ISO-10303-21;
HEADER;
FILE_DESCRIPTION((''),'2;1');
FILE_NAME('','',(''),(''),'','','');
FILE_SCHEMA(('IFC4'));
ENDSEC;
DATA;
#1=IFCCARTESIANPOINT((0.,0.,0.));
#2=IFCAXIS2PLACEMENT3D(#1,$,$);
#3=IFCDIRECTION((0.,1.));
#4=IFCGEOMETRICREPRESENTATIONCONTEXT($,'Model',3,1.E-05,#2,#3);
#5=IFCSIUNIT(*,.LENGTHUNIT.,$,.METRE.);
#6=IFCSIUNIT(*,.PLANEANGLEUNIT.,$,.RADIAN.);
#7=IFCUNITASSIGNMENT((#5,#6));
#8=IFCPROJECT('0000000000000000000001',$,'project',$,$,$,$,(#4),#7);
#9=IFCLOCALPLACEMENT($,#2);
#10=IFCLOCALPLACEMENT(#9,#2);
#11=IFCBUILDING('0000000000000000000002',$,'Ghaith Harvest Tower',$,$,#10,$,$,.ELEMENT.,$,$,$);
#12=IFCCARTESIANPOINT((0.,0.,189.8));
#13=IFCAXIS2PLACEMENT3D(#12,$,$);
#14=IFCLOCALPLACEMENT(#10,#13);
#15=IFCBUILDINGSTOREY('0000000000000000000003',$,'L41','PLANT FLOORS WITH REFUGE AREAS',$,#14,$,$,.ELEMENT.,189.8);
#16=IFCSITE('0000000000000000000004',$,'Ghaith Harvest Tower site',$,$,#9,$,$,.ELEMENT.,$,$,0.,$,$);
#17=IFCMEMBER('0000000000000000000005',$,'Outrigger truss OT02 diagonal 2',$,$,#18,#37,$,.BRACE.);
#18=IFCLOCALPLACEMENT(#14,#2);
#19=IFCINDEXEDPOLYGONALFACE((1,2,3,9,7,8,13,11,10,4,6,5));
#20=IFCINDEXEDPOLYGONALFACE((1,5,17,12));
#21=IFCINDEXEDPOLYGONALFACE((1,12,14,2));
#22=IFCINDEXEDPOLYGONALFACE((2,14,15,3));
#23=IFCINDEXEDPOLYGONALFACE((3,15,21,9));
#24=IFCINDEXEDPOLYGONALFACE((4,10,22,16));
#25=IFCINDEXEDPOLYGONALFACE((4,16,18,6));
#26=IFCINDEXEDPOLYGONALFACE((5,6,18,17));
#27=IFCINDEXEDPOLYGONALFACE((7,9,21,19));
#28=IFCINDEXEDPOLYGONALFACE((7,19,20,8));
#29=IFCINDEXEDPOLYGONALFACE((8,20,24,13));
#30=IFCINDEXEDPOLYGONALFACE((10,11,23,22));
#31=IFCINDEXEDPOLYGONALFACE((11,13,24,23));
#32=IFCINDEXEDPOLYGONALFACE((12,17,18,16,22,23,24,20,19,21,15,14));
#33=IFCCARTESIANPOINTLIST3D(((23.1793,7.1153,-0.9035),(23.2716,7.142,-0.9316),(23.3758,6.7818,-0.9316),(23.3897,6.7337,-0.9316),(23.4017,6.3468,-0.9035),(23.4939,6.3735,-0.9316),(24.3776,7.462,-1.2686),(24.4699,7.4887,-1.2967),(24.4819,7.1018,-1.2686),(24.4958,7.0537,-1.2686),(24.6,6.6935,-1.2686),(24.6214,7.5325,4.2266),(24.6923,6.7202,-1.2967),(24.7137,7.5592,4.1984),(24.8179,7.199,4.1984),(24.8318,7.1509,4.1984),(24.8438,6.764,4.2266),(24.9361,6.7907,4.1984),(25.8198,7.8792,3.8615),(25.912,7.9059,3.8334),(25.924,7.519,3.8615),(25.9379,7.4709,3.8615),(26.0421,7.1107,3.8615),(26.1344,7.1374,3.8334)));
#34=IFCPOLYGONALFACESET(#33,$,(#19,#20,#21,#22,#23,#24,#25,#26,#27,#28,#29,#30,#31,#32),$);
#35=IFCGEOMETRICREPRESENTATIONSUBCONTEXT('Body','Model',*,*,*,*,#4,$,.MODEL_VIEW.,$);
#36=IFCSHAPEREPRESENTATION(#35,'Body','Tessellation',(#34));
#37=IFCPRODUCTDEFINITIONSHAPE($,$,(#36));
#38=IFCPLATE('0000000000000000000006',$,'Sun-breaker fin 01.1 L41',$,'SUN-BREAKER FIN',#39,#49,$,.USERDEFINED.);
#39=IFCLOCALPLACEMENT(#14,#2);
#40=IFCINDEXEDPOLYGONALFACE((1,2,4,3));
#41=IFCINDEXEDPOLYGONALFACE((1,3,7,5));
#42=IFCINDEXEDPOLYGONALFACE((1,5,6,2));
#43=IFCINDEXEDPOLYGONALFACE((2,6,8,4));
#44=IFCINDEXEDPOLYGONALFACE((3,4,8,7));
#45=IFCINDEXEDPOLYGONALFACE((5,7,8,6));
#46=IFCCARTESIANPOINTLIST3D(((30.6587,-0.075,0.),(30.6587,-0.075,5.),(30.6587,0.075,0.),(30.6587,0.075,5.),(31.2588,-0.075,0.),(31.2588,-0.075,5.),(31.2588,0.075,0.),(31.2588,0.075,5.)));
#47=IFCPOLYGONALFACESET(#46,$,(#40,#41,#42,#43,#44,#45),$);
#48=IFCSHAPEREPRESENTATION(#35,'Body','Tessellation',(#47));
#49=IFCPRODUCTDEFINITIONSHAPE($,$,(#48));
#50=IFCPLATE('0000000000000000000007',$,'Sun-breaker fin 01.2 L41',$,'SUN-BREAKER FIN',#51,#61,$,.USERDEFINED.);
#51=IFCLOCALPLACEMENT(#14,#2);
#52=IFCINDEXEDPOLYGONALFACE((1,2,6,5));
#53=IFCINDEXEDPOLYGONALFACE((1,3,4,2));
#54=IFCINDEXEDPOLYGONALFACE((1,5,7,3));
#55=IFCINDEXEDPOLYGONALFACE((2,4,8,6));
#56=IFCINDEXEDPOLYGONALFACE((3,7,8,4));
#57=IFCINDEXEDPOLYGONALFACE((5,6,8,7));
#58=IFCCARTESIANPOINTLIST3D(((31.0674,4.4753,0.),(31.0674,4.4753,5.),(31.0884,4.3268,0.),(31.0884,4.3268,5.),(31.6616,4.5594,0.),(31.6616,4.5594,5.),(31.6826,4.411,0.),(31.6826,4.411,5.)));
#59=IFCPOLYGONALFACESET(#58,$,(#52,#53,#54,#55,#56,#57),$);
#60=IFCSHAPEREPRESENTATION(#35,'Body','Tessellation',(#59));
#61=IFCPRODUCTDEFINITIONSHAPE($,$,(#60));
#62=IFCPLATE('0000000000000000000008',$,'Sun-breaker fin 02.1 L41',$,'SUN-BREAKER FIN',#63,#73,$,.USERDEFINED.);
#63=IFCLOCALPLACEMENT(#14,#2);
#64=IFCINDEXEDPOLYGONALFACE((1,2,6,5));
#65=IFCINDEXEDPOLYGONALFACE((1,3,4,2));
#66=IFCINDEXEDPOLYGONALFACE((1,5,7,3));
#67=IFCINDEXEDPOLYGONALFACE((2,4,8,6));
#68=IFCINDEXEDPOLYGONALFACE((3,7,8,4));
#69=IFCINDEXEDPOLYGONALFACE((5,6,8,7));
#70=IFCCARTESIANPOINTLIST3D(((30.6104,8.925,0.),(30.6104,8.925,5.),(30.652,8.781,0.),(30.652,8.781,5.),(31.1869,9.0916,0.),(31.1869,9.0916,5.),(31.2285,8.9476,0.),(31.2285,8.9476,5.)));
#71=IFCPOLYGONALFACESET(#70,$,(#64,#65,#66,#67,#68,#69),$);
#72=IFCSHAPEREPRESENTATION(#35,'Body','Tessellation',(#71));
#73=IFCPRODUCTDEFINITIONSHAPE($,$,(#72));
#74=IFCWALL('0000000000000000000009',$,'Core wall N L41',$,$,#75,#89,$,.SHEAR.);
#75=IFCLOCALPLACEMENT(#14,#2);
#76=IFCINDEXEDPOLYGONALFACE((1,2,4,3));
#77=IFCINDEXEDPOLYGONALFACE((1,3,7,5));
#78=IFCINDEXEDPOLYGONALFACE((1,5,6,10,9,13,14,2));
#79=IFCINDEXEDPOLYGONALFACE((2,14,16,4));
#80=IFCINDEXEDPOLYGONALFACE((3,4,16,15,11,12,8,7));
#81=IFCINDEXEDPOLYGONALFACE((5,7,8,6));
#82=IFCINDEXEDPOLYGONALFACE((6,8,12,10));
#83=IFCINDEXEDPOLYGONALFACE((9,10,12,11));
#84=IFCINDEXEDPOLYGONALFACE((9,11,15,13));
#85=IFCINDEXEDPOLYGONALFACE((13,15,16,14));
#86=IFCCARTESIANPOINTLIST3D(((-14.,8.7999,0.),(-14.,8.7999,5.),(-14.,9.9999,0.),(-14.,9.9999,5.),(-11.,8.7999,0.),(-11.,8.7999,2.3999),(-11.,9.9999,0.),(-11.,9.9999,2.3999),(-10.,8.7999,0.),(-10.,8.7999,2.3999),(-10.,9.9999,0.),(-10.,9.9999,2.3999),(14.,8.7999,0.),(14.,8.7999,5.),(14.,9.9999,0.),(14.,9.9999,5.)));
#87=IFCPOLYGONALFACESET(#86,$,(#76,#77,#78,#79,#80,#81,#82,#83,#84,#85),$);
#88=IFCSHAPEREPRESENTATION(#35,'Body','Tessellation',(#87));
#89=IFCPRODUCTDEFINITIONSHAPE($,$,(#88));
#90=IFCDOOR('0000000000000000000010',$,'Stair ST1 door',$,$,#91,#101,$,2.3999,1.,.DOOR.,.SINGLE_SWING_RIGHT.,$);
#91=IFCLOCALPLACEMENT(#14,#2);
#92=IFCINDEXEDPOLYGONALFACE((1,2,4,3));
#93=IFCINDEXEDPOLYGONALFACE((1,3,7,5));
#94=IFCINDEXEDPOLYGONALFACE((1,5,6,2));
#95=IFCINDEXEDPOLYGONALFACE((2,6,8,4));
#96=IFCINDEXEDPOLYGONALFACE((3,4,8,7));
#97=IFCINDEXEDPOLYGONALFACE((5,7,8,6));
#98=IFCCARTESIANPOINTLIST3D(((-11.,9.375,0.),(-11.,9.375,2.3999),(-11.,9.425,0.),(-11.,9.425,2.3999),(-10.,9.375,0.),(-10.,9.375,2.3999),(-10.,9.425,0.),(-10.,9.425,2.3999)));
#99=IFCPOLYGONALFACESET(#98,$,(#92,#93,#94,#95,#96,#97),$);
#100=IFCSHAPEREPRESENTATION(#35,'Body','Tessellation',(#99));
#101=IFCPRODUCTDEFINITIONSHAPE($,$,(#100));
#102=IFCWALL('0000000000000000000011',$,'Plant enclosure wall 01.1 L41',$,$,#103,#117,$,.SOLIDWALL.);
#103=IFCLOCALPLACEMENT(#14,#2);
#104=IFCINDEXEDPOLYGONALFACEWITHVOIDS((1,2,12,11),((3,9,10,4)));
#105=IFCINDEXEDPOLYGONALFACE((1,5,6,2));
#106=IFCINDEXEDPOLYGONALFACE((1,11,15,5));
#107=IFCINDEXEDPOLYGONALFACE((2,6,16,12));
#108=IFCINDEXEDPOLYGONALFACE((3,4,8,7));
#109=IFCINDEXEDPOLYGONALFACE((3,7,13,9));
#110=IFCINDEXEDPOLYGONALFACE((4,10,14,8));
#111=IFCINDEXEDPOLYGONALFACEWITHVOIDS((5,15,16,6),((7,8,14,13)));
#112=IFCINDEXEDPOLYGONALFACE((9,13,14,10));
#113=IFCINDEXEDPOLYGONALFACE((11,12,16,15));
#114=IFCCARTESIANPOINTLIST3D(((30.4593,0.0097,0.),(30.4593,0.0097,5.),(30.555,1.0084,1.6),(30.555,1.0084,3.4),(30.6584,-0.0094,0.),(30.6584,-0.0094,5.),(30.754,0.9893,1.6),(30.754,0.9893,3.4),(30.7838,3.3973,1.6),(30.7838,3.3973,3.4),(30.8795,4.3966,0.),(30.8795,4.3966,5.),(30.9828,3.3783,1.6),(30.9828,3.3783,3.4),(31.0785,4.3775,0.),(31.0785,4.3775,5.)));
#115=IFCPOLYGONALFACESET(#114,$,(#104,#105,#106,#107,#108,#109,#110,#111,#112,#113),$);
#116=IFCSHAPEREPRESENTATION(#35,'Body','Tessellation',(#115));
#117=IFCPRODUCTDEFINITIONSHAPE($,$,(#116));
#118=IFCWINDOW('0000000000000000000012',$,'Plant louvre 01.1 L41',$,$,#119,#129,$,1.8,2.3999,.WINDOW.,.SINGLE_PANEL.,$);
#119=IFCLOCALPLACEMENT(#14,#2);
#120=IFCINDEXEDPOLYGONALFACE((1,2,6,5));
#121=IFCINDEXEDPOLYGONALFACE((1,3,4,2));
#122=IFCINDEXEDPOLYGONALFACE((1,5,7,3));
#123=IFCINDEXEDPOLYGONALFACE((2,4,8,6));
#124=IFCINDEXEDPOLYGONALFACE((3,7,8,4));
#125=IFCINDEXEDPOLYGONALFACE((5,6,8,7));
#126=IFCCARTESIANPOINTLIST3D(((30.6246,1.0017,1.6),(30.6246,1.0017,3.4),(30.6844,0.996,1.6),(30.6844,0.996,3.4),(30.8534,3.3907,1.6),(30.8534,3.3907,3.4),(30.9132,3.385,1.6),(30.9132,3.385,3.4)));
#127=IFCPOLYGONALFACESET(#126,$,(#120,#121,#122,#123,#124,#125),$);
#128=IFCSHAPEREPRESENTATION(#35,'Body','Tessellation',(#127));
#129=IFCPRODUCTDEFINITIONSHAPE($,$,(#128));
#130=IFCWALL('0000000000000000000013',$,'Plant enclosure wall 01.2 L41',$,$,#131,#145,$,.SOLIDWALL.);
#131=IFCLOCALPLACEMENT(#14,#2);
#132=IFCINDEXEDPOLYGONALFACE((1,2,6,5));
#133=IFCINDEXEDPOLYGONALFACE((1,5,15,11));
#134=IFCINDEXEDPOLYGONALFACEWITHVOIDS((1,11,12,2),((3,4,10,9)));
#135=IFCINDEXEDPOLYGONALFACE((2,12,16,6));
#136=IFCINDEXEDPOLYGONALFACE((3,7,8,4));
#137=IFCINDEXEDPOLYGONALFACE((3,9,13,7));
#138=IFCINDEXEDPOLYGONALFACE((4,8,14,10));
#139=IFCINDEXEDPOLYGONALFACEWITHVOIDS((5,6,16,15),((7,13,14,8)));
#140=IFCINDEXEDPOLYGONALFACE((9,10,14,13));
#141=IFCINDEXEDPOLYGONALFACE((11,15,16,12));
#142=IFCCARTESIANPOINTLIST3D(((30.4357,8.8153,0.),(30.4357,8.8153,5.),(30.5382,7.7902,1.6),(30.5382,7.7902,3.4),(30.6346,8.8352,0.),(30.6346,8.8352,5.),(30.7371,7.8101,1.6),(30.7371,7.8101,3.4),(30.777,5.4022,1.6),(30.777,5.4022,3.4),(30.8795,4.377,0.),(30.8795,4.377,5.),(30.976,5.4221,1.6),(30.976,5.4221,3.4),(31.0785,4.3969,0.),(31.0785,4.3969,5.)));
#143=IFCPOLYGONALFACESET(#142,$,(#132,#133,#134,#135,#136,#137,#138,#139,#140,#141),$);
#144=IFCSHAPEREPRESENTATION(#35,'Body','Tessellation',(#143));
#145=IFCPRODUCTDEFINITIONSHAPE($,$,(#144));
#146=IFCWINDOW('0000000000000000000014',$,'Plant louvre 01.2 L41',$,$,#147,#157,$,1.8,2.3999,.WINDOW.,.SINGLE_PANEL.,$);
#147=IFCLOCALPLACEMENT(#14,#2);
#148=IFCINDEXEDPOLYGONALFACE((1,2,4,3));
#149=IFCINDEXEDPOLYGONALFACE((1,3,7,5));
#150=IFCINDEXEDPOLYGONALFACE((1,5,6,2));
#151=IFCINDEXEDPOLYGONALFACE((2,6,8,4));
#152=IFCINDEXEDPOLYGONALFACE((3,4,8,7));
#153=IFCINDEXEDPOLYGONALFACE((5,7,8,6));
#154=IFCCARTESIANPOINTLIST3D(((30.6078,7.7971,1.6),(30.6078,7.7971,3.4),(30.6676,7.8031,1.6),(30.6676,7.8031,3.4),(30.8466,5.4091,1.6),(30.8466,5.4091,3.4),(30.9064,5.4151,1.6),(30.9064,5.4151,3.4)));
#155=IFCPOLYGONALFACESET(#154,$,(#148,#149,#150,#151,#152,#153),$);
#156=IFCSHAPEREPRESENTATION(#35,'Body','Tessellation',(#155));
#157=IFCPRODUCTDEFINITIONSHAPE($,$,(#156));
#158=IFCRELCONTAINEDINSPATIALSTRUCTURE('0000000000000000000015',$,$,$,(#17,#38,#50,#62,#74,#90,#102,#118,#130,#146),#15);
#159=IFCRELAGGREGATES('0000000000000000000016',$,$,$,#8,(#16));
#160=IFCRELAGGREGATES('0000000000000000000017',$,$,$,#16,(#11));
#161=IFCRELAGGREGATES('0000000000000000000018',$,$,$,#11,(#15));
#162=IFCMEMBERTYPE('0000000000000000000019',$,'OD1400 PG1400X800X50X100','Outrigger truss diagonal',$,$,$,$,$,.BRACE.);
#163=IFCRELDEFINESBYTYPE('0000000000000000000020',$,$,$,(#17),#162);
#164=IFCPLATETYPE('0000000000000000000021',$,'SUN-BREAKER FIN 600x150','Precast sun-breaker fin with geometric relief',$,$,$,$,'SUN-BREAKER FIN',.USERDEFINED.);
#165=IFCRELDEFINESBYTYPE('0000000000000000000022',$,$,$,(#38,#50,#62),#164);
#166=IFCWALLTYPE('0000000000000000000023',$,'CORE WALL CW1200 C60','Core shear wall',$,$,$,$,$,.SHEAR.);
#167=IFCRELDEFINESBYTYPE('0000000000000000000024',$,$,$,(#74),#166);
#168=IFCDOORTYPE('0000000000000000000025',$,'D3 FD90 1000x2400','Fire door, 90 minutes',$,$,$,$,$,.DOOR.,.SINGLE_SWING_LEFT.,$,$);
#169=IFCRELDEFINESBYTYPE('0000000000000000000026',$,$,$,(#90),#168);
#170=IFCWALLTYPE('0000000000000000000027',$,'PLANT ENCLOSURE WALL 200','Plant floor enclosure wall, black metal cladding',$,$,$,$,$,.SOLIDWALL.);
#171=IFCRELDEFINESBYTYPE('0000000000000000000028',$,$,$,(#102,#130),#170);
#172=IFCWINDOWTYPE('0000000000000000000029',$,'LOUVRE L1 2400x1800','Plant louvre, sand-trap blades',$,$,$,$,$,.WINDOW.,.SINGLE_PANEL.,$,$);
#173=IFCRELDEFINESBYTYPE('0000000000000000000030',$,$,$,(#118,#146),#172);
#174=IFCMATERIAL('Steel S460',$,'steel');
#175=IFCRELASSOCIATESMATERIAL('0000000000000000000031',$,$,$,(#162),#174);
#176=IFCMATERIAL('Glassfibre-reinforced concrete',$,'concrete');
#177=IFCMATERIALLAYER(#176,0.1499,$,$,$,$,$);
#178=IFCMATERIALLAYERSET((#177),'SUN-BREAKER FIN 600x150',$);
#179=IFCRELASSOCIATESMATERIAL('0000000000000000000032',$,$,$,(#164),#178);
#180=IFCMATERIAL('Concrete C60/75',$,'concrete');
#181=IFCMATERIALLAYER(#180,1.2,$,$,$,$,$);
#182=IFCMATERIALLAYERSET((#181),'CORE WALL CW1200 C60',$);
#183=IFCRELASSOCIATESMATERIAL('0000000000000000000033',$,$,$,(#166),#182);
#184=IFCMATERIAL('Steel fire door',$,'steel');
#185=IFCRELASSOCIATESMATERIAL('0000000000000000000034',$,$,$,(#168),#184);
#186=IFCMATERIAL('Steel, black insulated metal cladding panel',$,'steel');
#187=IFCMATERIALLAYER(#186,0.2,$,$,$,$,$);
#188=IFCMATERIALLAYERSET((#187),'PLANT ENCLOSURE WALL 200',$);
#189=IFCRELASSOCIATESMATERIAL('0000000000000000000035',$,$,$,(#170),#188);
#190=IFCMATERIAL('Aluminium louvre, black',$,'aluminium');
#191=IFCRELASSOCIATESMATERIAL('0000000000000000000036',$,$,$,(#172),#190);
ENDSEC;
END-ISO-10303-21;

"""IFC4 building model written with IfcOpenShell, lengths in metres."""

from ifc_helpers import new_model, si_unit, direction, frame, frame_2d, origin, origin_2d, place, context, subcontext, project, spatial, rectangle, i_section, extrude, material, layer, layer_set, material_profile, profile_set, type_object, element, fill, save


model = new_model("IFC4")

# Units and contexts
model_context = context("Model", 3, precision=1e-05, world=origin(), true_north=direction((0.0, 1.0)))
body_context = subcontext(model_context, "Body", "Model", "MODEL_VIEW")
ifc_project = project(units=[si_unit("LENGTHUNIT", "METRE"), si_unit("PLANEANGLEUNIT", "RADIAN")], contexts=[model_context])

# Site, building, storey
site_placement = place(None, origin())
site = spatial("IfcSite", under=ifc_project, at=site_placement, Name="Ghaith Harvest Tower site", CompositionType="ELEMENT", RefElevation=0.0)
building_placement = place(site_placement, origin())
building = spatial("IfcBuilding", under=site, at=building_placement, Name="Ghaith Harvest Tower", CompositionType="ELEMENT")
storey_placement = place(building_placement, frame((0.0, 0.0, 189.8)))
storey = spatial("IfcBuildingStorey", under=building, at=storey_placement, Name="L41", Description="PLANT FLOORS WITH REFUGE AREAS", CompositionType="ELEMENT", Elevation=189.8)

# Member
ifc_material_1 = material(Name="Steel S460", Category="steel")
ifc_material_profile_1 = material_profile(ifc_material_1, i_section(OverallWidth=0.8, OverallDepth=1.3999, WebThickness=0.05, FlangeThickness=0.1001, at=origin_2d()), Name="PG1400X800X50X100")
ifc_profile_set_1 = profile_set([ifc_material_profile_1], Name="Steel S460")
member_type_1 = type_object("IfcMemberType", Name="OD1400 PG1400X800X50X100", Description="Outrigger truss diagonal", PredefinedType="BRACE", material=ifc_profile_set_1)
member_1_placement = place(storey_placement, frame((23.9358, 6.9177, -1.1001), z_axis=(0.269796, 0.078057, 0.959748), x_axis=(-0.27792, 0.960604, 0.0)))
element("IfcMember", 1, at=member_1_placement, inside=storey, type_object=member_type_1, Name="Outrigger truss OT02 diagonal 2", PredefinedType="BRACE", context=body_context, shape_type="SweptSolid", body=[
    extrude(i_section(OverallWidth=0.8, OverallDepth=1.3999, WebThickness=0.05, FlangeThickness=0.1001, at=origin_2d()), origin(), (0.0, 0.0, 1.0), 5.3452),
])

# Plates
ifc_material_2 = material(Name="Glassfibre-reinforced concrete", Category="concrete")
ifc_layer_1 = layer(ifc_material_2, 0.1499)
ifc_layer_set_1 = layer_set([ifc_layer_1], Name="SUN-BREAKER FIN 600x150")
plate_type = type_object("IfcPlateType", Name="SUN-BREAKER FIN 600x150", Description="Precast sun-breaker fin with geometric relief", ElementType="SUN-BREAKER FIN", PredefinedType="USERDEFINED", material=ifc_layer_set_1)
for number, where, z_axis, x_axis, name in (
    (2, (30.9587, 0.0, 0.0), (0.0, 0.0, 1.0), (1.0, 0.0, 0.0), "Sun-breaker fin 01.1 L41"),
    (3, (31.375, 4.4431, 0.0), (0.0, 0.0, 1.0), (0.990121, 0.140213, 0.0), "Sun-breaker fin 01.2 L41"),
    (4, (30.9194, 8.9363, 0.0), (0.0, 0.0, 1.0), (0.96068, 0.277657, 0.0), "Sun-breaker fin 02.1 L41"),
):
    element("IfcPlate", number, at=place(storey_placement, frame(where, z_axis=z_axis, x_axis=x_axis)), inside=storey, type_object=plate_type, Name=name, ObjectType="SUN-BREAKER FIN", PredefinedType="USERDEFINED", context=body_context, shape_type="SweptSolid", body=[
        extrude(rectangle(XDim=0.6001, YDim=0.1499, at=origin_2d()), origin(), (0.0, 0.0, 1.0), 5.0),
    ])

# Wall, opening, door
ifc_material_3 = material(Name="Concrete C60/75", Category="concrete")
ifc_layer_2 = layer(ifc_material_3, 1.2)
ifc_layer_set_2 = layer_set([ifc_layer_2], Name="CORE WALL CW1200 C60")
wall_type_1 = type_object("IfcWallType", Name="CORE WALL CW1200 C60", Description="Core shear wall", PredefinedType="SHEAR", material=ifc_layer_set_2)
wall_1_placement = place(storey_placement, frame((14.0, 9.3999, 0.0), z_axis=(0.0, 0.0, 1.0), x_axis=(-1.0, 0.0, 0.0)))
wall_1 = element("IfcWall", 5, at=wall_1_placement, inside=storey, type_object=wall_type_1, Name="Core wall N L41", PredefinedType="SHEAR", context=body_context, shape_type="SweptSolid", body=[
    extrude(rectangle(XDim=28.0, YDim=1.2, at=frame_2d((14.0, 0.0))), origin(), (0.0, 0.0, 1.0), 5.0),
])
opening_1_placement = place(wall_1_placement, frame((24.0, 0.0, 0.0)))
opening_1 = element("IfcOpeningElement", 6, at=opening_1_placement, cuts=wall_1, PredefinedType="OPENING", context=body_context, shape_type="SweptSolid", body=[
    extrude(rectangle(XDim=1.0, YDim=2.3999, at=frame_2d((0.5, 1.2))), frame((0.0, 0.6099, 0.0), z_axis=(0.0, -1.0, 0.0), x_axis=(1.0, 0.0, 0.0)), (0.0, 0.0, 1.0), 1.22),
])
ifc_material_4 = material(Name="Steel fire door", Category="steel")
door_type = type_object("IfcDoorType", Name="D3 FD90 1000x2400", Description="Fire door, 90 minutes", OperationType="SINGLE_SWING_LEFT", PredefinedType="DOOR", material=ifc_material_4)
door_placement = place(opening_1_placement, origin())
door = element("IfcDoor", 7, at=door_placement, inside=storey, type_object=door_type, Name="Stair ST1 door", OperationType="SINGLE_SWING_RIGHT", OverallHeight=2.3999, OverallWidth=1.0, PredefinedType="DOOR", context=body_context, shape_type="SweptSolid", body=[
    extrude(rectangle(XDim=1.0, YDim=2.3999, at=frame_2d((0.5, 1.2))), frame((0.0, 0.0249, 0.0), z_axis=(0.0, -1.0, 0.0), x_axis=(1.0, 0.0, 0.0)), (0.0, 0.0, 1.0), 0.05),
])
fill(opening_1, door)

# Walls, openings, windows
ifc_material_5 = material(Name="Steel, black insulated metal cladding panel", Category="steel")
ifc_layer_3 = layer(ifc_material_5, 0.2)
ifc_layer_set_3 = layer_set([ifc_layer_3], Name="PLANT ENCLOSURE WALL 200")
wall_type_2 = type_object("IfcWallType", Name="PLANT ENCLOSURE WALL 200", Description="Plant floor enclosure wall, black metal cladding", PredefinedType="SOLIDWALL", material=ifc_layer_set_3)
wall_2_placement = place(storey_placement, frame((30.5588, 0.0, 0.0), z_axis=(0.0, 0.0, 1.0), x_axis=(0.09534, 0.995445, 0.0)))
wall_2 = element("IfcWall", 8, at=wall_2_placement, inside=storey, type_object=wall_type_2, Name="Plant enclosure wall 01.1 L41", PredefinedType="SOLIDWALL", context=body_context, shape_type="SweptSolid", body=[
    extrude(rectangle(XDim=4.407, YDim=0.2, at=frame_2d((2.2036, 0.0))), origin(), (0.0, 0.0, 1.0), 5.0),
])
opening_2_placement = place(wall_2_placement, frame((1.0034, 0.0, 1.6001)))
opening_2 = element("IfcOpeningElement", 9, at=opening_2_placement, cuts=wall_2, PredefinedType="OPENING", context=body_context, shape_type="SweptSolid", body=[
    extrude(rectangle(XDim=2.3999, YDim=1.8, at=frame_2d((1.2, 0.8999))), frame((0.0, 0.1099, 0.0), z_axis=(0.0, -1.0, 0.0), x_axis=(1.0, 0.0, 0.0)), (0.0, 0.0, 1.0), 0.22),
])
ifc_material_6 = material(Name="Aluminium louvre, black", Category="aluminium")
window_type = type_object("IfcWindowType", Name="LOUVRE L1 2400x1800", Description="Plant louvre, sand-trap blades", PartitioningType="SINGLE_PANEL", PredefinedType="WINDOW", material=ifc_material_6)
window_1_placement = place(opening_2_placement, origin())
window_1 = element("IfcWindow", 10, at=window_1_placement, inside=storey, type_object=window_type, Name="Plant louvre 01.1 L41", OverallHeight=1.8, OverallWidth=2.3999, PartitioningType="SINGLE_PANEL", PredefinedType="WINDOW", context=body_context, shape_type="SweptSolid", body=[
    extrude(rectangle(XDim=2.3999, YDim=1.8, at=frame_2d((1.2, 0.8999))), frame((0.0, 0.03, 0.0), z_axis=(0.0, -1.0, 0.0), x_axis=(1.0, 0.0, 0.0)), (0.0, 0.0, 1.0), 0.0601),
])
fill(opening_2, window_1)
wall_3_placement = place(storey_placement, frame((30.979, 4.387, 0.0), z_axis=(0.0, 0.0, 1.0), x_axis=(-0.099509, 0.995037, 0.0)))
wall_3 = element("IfcWall", 11, at=wall_3_placement, inside=storey, type_object=wall_type_2, Name="Plant enclosure wall 01.2 L41", PredefinedType="SOLIDWALL", context=body_context, shape_type="SweptSolid", body=[
    extrude(rectangle(XDim=4.4604, YDim=0.2, at=frame_2d((2.2302, 0.0))), origin(), (0.0, 0.0, 1.0), 5.0),
])
opening_3_placement = place(wall_3_placement, frame((1.0303, 0.0, 1.6001)))
opening_3 = element("IfcOpeningElement", 12, at=opening_3_placement, cuts=wall_3, PredefinedType="OPENING", context=body_context, shape_type="SweptSolid", body=[
    extrude(rectangle(XDim=2.3999, YDim=1.8, at=frame_2d((1.2, 0.8999))), frame((0.0, 0.1099, 0.0), z_axis=(0.0, -1.0, 0.0), x_axis=(1.0, 0.0, 0.0)), (0.0, 0.0, 1.0), 0.22),
])
window_2_placement = place(opening_3_placement, origin())
window_2 = element("IfcWindow", 13, at=window_2_placement, inside=storey, type_object=window_type, Name="Plant louvre 01.2 L41", OverallHeight=1.8, OverallWidth=2.3999, PartitioningType="SINGLE_PANEL", PredefinedType="WINDOW", context=body_context, shape_type="SweptSolid", body=[
    extrude(rectangle(XDim=2.3999, YDim=1.8, at=frame_2d((1.2, 0.8999))), frame((0.0, 0.03, 0.0), z_axis=(0.0, -1.0, 0.0), x_axis=(1.0, 0.0, 0.0)), (0.0, 0.0, 1.0), 0.0601),
])
fill(opening_3, window_2)

save(model, "model.ifc")
